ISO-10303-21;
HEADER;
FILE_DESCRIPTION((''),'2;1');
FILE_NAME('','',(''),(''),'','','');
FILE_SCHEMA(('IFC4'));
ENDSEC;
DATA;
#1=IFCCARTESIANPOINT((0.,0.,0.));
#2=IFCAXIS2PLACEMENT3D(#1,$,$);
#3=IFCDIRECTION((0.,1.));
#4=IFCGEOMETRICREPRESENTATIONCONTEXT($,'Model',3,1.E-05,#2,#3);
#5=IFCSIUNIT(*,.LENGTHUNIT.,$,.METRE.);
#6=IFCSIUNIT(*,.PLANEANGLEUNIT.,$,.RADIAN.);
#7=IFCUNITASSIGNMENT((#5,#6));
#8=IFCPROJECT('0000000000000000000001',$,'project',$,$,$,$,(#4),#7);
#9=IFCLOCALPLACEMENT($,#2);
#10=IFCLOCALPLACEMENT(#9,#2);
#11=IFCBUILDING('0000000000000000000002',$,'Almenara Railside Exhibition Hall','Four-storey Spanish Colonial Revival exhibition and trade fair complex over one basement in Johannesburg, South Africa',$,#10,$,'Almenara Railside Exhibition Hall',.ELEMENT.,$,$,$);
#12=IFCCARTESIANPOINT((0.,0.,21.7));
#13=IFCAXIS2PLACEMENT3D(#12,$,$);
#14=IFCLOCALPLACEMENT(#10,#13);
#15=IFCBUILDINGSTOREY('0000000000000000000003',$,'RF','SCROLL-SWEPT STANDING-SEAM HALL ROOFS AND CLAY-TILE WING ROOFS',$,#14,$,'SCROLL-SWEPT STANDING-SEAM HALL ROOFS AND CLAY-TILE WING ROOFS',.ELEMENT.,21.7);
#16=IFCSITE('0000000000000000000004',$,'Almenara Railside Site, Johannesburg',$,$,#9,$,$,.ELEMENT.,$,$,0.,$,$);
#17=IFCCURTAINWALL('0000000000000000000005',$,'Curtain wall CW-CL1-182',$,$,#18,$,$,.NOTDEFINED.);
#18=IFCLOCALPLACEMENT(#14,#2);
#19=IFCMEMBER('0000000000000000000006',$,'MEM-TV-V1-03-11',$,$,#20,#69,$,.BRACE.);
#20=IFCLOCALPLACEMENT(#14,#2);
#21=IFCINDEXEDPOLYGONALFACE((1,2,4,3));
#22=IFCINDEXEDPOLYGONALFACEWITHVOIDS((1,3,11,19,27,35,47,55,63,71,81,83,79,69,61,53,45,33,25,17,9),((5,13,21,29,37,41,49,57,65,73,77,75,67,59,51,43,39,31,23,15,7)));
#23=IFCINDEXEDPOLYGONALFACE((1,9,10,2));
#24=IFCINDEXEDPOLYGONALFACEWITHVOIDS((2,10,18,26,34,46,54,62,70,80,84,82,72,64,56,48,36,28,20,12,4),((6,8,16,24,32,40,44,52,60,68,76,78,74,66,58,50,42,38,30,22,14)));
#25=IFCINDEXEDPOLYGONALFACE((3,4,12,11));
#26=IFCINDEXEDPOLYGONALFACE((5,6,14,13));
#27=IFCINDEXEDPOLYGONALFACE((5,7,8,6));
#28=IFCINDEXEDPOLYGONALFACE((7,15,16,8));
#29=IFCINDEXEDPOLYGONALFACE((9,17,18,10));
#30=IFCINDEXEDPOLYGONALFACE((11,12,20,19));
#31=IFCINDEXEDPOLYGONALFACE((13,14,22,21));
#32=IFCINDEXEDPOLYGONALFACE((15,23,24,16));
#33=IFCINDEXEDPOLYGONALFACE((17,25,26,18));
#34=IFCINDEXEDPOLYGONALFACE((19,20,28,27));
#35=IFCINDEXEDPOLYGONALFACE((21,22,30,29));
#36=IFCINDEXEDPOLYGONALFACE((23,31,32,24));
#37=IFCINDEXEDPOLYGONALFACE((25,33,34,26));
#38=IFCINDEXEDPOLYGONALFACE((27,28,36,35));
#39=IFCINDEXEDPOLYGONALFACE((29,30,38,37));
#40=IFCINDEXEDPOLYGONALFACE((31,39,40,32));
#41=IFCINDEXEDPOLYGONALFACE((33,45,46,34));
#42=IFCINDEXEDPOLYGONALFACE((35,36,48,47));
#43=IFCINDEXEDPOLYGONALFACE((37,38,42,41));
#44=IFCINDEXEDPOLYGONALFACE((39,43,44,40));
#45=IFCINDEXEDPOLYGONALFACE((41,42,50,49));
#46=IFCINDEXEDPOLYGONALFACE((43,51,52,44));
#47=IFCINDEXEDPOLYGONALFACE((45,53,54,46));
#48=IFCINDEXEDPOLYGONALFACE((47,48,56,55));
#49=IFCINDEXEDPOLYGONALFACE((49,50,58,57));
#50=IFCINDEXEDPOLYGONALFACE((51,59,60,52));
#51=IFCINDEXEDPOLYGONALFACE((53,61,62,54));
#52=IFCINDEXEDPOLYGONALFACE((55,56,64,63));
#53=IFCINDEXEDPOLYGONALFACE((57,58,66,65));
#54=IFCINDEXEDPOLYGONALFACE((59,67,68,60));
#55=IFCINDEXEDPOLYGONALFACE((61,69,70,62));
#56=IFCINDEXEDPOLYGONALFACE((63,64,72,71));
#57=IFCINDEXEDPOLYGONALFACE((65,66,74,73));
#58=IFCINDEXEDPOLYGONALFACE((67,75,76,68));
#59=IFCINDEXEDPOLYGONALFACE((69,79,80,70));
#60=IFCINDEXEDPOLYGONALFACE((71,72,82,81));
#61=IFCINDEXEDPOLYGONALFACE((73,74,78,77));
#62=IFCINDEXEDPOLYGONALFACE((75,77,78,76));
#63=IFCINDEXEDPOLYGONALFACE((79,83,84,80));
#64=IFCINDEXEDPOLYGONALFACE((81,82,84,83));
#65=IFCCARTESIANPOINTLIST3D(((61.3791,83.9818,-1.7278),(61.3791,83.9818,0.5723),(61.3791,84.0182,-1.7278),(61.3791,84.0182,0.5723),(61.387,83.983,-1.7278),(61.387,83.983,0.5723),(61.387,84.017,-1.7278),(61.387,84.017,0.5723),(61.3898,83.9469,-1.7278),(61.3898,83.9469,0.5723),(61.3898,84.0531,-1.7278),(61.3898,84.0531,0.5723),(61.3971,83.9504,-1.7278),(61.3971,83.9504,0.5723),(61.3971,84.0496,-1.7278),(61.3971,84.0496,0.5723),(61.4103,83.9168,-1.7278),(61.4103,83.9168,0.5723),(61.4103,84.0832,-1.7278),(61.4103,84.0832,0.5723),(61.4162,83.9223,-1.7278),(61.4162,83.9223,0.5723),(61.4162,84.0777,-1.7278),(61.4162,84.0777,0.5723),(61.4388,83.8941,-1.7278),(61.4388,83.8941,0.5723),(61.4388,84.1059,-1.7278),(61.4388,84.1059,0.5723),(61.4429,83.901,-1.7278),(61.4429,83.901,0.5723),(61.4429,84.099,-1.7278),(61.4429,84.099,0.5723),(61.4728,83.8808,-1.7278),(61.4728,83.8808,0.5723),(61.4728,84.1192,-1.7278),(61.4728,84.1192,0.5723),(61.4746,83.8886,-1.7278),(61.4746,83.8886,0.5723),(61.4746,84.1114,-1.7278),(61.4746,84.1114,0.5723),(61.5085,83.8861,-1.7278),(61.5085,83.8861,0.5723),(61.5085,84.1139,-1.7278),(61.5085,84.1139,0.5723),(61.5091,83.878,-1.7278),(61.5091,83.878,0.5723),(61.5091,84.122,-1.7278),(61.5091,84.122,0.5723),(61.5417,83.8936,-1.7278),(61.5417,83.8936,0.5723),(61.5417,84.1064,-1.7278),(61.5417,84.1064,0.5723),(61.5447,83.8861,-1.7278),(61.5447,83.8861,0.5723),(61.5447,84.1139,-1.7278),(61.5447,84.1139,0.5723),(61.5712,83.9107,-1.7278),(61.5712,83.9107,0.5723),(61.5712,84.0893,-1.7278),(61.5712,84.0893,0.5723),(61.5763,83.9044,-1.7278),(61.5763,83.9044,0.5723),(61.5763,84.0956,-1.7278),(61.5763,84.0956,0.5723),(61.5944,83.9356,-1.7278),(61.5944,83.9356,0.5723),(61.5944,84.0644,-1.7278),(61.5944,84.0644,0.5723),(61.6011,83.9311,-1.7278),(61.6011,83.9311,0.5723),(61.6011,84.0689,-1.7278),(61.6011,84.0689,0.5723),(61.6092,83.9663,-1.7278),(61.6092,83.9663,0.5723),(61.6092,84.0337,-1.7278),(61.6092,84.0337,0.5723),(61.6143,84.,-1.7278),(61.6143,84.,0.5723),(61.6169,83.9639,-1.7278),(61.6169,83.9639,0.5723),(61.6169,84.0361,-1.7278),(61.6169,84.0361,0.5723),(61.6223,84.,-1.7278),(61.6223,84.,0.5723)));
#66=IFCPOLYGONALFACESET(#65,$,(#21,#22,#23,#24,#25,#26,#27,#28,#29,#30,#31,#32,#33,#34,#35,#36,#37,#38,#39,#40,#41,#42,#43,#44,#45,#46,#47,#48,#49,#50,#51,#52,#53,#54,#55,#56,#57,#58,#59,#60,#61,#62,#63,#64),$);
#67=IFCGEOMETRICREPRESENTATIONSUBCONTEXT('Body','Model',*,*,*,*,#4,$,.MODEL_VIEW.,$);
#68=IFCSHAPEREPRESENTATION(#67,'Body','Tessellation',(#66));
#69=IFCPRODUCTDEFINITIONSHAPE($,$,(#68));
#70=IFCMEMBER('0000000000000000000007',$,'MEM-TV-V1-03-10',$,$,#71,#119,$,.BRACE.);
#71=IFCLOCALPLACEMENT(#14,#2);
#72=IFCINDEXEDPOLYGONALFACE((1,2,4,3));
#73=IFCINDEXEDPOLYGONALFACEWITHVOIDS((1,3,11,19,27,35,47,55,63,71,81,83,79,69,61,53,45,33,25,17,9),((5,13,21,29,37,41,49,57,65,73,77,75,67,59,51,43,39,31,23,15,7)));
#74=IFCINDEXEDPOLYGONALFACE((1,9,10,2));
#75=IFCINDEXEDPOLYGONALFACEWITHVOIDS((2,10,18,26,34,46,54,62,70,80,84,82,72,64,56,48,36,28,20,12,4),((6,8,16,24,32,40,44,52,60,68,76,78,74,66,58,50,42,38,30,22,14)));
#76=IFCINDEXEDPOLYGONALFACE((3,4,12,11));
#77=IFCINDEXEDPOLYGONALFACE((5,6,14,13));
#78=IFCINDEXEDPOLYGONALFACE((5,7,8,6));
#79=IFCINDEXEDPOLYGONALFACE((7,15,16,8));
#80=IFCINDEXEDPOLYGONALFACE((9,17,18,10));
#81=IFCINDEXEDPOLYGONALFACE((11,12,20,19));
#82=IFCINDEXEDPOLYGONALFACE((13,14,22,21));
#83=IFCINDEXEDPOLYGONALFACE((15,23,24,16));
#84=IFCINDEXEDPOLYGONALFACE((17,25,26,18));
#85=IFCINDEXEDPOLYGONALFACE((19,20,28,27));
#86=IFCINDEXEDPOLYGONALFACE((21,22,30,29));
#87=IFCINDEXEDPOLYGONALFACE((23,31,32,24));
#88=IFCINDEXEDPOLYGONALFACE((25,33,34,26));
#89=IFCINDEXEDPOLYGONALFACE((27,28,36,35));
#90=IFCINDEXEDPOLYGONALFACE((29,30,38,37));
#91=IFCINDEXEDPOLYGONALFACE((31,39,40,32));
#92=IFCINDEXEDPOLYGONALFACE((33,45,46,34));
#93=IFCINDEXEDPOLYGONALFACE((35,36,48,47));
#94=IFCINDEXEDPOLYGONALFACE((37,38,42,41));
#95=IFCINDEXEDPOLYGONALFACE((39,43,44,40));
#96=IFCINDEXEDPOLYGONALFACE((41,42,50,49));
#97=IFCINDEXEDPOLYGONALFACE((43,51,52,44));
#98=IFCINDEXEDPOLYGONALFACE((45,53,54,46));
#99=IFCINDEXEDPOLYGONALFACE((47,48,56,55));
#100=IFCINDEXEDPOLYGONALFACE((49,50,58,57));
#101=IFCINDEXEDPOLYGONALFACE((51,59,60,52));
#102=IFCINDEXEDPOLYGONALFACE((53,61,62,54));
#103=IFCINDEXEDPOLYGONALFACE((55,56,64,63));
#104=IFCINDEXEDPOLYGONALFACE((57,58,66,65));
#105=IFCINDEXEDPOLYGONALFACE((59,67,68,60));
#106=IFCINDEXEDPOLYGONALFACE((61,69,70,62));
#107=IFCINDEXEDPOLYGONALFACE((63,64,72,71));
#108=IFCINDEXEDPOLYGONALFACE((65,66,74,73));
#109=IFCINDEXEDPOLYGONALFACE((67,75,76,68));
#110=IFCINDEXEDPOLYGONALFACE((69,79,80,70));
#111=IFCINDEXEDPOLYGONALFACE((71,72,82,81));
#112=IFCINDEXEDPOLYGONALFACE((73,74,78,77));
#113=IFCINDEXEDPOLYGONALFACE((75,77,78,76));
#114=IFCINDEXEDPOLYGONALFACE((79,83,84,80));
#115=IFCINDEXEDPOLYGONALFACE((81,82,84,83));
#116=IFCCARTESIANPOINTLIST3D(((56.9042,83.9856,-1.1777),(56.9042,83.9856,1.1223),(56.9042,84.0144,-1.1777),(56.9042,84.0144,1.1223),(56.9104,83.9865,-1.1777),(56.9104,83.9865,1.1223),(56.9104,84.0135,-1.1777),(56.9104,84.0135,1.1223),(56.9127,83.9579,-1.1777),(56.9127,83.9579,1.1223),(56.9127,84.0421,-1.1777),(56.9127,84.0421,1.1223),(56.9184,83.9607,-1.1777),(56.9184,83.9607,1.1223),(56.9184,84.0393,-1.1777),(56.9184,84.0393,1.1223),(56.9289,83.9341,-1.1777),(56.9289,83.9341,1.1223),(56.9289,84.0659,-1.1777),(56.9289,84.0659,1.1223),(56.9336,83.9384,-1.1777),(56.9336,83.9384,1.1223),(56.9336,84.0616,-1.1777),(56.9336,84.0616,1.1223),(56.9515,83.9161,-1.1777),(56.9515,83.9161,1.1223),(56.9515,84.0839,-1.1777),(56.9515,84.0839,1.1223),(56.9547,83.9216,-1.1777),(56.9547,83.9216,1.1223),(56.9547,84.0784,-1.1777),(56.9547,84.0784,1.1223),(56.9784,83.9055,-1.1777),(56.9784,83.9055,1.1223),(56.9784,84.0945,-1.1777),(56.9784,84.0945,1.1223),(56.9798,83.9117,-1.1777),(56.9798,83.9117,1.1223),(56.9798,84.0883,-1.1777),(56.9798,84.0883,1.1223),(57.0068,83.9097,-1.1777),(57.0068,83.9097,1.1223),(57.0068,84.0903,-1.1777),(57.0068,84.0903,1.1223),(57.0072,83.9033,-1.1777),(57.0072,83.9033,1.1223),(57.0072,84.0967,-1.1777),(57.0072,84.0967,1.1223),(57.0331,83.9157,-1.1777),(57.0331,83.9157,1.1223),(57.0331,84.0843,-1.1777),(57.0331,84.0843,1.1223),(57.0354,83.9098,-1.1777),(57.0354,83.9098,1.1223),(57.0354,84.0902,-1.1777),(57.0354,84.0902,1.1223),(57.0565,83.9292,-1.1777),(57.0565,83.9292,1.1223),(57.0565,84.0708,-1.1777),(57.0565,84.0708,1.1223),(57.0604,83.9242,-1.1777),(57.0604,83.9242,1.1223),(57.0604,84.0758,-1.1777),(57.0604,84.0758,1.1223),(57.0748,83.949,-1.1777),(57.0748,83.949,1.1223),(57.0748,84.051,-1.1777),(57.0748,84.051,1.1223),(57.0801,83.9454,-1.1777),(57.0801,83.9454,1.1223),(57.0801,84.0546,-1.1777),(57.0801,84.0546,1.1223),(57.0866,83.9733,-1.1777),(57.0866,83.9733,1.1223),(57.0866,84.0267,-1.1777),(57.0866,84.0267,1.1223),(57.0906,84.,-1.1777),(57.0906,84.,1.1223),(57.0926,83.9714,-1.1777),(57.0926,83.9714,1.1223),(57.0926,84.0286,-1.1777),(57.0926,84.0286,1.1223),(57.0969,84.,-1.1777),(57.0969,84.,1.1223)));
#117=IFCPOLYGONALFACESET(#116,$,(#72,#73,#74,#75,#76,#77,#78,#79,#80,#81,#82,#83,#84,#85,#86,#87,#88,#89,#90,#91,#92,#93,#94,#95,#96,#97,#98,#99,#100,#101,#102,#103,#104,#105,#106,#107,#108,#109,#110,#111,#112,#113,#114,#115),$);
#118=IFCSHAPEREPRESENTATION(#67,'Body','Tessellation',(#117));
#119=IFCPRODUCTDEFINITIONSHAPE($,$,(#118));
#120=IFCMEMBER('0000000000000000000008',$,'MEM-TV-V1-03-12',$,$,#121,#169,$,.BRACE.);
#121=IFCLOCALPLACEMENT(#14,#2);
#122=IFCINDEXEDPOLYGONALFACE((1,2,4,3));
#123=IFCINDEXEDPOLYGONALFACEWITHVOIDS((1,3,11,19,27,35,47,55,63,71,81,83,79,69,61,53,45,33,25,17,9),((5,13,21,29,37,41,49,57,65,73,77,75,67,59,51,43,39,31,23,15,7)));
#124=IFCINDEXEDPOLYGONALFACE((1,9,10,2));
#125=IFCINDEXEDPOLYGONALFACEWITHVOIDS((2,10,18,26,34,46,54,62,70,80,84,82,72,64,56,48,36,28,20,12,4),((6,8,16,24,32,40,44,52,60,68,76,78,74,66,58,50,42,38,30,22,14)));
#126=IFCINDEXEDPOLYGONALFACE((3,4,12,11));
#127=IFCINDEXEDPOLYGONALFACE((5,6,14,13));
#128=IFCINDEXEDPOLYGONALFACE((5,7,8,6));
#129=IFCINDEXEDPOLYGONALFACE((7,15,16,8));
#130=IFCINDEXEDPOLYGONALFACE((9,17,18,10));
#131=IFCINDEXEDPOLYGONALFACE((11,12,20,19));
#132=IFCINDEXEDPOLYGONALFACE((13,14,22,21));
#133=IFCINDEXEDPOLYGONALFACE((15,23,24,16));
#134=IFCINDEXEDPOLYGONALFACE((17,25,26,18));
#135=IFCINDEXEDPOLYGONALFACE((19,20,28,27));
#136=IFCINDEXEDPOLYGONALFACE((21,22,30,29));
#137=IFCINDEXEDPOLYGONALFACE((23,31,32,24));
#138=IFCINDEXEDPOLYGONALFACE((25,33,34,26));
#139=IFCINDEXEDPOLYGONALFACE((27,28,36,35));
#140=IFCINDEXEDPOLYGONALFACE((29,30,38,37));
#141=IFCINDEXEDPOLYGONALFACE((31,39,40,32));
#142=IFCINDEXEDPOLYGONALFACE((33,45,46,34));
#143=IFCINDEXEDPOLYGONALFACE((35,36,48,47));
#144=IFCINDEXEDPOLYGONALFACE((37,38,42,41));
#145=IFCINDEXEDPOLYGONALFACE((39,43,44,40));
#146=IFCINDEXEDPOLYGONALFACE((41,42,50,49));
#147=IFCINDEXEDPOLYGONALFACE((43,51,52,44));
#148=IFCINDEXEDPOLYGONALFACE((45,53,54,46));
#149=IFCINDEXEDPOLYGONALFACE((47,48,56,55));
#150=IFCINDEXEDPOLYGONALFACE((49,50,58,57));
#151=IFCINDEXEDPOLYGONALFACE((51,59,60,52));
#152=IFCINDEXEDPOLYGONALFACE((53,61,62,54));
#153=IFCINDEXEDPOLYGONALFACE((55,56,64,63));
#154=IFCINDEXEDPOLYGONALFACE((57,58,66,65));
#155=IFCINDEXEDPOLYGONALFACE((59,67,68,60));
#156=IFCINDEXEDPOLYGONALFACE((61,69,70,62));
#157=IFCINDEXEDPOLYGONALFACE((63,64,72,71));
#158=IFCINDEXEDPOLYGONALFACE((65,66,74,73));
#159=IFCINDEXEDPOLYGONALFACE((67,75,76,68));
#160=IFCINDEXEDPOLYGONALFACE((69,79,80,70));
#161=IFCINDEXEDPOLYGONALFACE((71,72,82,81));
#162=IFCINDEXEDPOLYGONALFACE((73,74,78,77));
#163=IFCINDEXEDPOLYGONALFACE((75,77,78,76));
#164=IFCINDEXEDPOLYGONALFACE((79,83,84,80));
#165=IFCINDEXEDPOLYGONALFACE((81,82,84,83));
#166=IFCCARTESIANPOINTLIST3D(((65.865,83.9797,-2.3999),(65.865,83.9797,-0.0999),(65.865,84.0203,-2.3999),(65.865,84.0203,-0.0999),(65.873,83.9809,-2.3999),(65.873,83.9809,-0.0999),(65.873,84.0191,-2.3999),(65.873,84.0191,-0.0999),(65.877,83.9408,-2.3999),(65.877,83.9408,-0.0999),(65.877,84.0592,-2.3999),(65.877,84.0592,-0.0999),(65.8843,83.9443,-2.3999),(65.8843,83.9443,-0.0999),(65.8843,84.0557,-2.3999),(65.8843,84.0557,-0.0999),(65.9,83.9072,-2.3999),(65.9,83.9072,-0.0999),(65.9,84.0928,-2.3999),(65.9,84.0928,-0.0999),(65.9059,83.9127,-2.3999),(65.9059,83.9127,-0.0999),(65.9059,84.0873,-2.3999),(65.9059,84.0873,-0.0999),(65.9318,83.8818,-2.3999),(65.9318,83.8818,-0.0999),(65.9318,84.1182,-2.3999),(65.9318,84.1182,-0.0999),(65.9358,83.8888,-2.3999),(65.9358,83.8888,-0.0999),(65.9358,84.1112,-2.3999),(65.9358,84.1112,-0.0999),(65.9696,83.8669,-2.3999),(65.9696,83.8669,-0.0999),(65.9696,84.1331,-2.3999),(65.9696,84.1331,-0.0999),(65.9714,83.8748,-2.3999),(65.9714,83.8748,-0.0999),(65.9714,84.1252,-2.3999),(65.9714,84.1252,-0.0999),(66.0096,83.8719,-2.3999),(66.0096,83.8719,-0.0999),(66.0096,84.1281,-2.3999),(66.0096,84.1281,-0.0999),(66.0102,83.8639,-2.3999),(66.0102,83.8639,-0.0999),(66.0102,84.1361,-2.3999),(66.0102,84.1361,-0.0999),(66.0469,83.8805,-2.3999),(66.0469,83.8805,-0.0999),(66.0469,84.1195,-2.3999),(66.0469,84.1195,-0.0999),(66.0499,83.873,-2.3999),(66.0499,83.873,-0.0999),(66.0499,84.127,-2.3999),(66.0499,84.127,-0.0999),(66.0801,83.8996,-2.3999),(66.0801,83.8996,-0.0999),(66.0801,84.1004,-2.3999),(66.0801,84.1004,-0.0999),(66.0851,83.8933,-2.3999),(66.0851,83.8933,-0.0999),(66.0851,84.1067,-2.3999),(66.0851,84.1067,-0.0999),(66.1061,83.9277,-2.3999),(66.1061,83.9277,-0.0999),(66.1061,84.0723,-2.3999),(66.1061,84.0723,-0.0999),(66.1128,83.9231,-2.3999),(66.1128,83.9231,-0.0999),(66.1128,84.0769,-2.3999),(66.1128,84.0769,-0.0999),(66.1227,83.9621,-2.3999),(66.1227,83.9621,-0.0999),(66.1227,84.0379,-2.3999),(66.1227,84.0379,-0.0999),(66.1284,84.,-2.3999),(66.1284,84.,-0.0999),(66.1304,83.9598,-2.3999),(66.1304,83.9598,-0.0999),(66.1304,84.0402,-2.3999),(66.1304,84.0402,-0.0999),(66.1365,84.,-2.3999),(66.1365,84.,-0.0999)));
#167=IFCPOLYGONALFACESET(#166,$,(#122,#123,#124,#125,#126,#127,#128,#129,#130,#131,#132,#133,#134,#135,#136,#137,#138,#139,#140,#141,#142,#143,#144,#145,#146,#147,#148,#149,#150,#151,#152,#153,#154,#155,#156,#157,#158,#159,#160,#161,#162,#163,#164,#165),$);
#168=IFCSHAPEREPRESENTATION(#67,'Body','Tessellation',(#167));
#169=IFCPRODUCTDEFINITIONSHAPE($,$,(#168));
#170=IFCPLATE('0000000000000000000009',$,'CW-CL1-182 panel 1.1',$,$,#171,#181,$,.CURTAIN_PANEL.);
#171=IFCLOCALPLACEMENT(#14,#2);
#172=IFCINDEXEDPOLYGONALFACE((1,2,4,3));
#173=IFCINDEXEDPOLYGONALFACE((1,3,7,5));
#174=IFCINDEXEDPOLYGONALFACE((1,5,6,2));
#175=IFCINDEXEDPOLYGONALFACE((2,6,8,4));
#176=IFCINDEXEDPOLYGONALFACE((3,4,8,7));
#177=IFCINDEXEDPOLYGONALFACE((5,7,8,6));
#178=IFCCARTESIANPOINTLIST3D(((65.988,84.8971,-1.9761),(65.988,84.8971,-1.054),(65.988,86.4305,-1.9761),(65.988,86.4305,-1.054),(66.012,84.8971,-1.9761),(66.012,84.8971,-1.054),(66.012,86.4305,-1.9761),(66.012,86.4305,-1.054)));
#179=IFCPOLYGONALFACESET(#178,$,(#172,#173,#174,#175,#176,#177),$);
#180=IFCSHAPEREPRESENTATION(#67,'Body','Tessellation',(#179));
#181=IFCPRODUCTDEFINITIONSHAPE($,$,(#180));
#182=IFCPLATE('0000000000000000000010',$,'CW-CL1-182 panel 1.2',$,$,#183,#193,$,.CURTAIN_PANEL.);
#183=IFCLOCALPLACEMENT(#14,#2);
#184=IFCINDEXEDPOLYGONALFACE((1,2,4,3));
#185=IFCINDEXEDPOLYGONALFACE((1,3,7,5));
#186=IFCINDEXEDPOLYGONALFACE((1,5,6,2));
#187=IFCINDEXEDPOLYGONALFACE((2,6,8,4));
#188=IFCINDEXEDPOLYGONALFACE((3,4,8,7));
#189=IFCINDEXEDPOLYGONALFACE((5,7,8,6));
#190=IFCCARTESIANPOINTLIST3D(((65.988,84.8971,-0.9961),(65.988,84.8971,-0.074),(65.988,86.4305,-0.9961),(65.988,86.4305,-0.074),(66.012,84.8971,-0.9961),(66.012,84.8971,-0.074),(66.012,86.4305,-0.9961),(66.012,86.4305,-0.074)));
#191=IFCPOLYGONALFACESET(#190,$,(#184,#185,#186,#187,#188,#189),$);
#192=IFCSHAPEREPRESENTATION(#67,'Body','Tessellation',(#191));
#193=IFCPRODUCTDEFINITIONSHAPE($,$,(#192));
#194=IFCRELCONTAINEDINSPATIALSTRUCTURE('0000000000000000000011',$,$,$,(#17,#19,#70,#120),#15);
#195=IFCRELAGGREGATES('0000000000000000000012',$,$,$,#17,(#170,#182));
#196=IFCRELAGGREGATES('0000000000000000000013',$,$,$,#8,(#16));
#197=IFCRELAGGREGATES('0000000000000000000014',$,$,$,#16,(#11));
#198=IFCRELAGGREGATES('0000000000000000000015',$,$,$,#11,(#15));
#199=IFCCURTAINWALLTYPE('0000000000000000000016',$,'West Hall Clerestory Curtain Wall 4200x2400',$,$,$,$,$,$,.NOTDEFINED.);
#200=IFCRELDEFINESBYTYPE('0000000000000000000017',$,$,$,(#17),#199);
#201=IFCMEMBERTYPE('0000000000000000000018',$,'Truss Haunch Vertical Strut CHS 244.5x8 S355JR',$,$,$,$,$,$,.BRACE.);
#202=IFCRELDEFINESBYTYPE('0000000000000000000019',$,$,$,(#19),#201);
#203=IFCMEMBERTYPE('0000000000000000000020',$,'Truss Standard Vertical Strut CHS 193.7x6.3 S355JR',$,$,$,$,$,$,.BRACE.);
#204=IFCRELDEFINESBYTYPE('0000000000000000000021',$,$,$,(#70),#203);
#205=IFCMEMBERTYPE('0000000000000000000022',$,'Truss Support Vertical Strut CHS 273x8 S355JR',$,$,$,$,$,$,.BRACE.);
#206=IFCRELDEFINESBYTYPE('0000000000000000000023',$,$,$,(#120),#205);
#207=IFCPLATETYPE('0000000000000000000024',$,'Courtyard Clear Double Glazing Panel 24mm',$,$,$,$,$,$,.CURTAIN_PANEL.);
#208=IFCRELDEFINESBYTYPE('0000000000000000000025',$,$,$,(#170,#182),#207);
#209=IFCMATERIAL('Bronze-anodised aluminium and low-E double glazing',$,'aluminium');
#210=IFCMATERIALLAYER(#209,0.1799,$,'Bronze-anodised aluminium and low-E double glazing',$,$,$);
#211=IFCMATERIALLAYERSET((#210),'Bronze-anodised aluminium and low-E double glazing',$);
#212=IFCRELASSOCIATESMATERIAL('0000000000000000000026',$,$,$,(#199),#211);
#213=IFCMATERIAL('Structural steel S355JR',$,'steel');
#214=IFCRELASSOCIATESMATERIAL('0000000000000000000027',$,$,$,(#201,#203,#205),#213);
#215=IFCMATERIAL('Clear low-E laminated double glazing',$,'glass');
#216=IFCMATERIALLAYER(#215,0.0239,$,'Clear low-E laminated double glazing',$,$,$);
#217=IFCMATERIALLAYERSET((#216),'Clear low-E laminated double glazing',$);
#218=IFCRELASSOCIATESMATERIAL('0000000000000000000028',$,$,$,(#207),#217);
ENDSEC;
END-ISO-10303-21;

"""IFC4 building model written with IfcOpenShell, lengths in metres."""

from ifc_helpers import new_model, si_unit, direction, frame, origin, origin_2d, place, context, subcontext, project, spatial, rectangle, hollow_circle, extrude, material, layer, layer_set, material_profile, profile_set, type_object, element, aggregate, save


model = new_model("IFC4")

# Units and contexts
model_context = context("Model", 3, precision=1e-05, world=origin(), true_north=direction((0.0, 1.0)))
body_context = subcontext(model_context, "Body", "Model", "MODEL_VIEW")
ifc_project = project(units=[si_unit("LENGTHUNIT", "METRE"), si_unit("PLANEANGLEUNIT", "RADIAN")], contexts=[model_context])

# Site, building, storey
site_placement = place(None, origin())
site = spatial("IfcSite", under=ifc_project, at=site_placement, Name="Almenara Railside Site, Johannesburg", CompositionType="ELEMENT", RefElevation=0.0)
building_placement = place(site_placement, origin())
building = spatial("IfcBuilding", under=site, at=building_placement, Name="Almenara Railside Exhibition Hall", Description="Four-storey Spanish Colonial Revival exhibition and trade fair complex over one basement in Johannesburg, South Africa", LongName="Almenara Railside Exhibition Hall", CompositionType="ELEMENT")
storey_placement = place(building_placement, frame((0.0, 0.0, 21.7)))
storey = spatial("IfcBuildingStorey", under=building, at=storey_placement, Name="RF", Description="SCROLL-SWEPT STANDING-SEAM HALL ROOFS AND CLAY-TILE WING ROOFS", LongName="SCROLL-SWEPT STANDING-SEAM HALL ROOFS AND CLAY-TILE WING ROOFS", CompositionType="ELEMENT", Elevation=21.7)

# Shared definitions
ifc_material_1 = material(Name="Structural steel S355JR", Category="steel")

# Curtain wall
ifc_material_2 = material(Name="Bronze-anodised aluminium and low-E double glazing", Category="aluminium")
ifc_layer_1 = layer(ifc_material_2, 0.1799, Name="Bronze-anodised aluminium and low-E double glazing")
ifc_layer_set_1 = layer_set([ifc_layer_1], Name="Bronze-anodised aluminium and low-E double glazing")
curtain_wall_type = type_object("IfcCurtainWallType", Name="West Hall Clerestory Curtain Wall 4200x2400", PredefinedType="NOTDEFINED", material=ifc_layer_set_1)
curtain_wall_1_placement = place(storey_placement, origin())
curtain_wall_1 = element("IfcCurtainWall", 1, at=curtain_wall_1_placement, inside=storey, type_object=curtain_wall_type, Name="Curtain wall CW-CL1-182", PredefinedType="NOTDEFINED")

# Members
ifc_material_profile_1 = material_profile(ifc_material_1, hollow_circle(Radius=0.1223, WallThickness=0.0081, at=origin_2d()), Name="CHS 244.5x8")
ifc_profile_set_1 = profile_set([ifc_material_profile_1], Name="Structural steel S355JR")
member_type_1 = type_object("IfcMemberType", Name="Truss Haunch Vertical Strut CHS 244.5x8 S355JR", PredefinedType="BRACE", material=ifc_profile_set_1)
member_1_placement = place(storey_placement, frame((61.5, 84.0, -1.7278), z_axis=(0.0, 0.0, 1.0), x_axis=(1.0, 0.0, 0.0)))
element("IfcMember", 2, at=member_1_placement, inside=storey, type_object=member_type_1, Name="MEM-TV-V1-03-11", PredefinedType="BRACE", context=body_context, shape_type="SweptSolid", body=[
    extrude(hollow_circle(Radius=0.1223, WallThickness=0.0081, at=origin_2d()), origin(), (0.0, 0.0, 1.0), 2.3),
])
ifc_material_profile_2 = material_profile(ifc_material_1, hollow_circle(Radius=0.0969, WallThickness=0.0063, at=origin_2d()), Name="CHS 193.7x6.3")
ifc_profile_set_2 = profile_set([ifc_material_profile_2], Name="Structural steel S355JR")
member_type_2 = type_object("IfcMemberType", Name="Truss Standard Vertical Strut CHS 193.7x6.3 S355JR", PredefinedType="BRACE", material=ifc_profile_set_2)
member_2_placement = place(storey_placement, frame((57.0, 84.0, -1.1777), z_axis=(0.0, 0.0, 1.0), x_axis=(1.0, 0.0, 0.0)))
element("IfcMember", 3, at=member_2_placement, inside=storey, type_object=member_type_2, Name="MEM-TV-V1-03-10", PredefinedType="BRACE", context=body_context, shape_type="SweptSolid", body=[
    extrude(hollow_circle(Radius=0.0969, WallThickness=0.0063, at=origin_2d()), origin(), (0.0, 0.0, 1.0), 2.3),
])
ifc_material_profile_3 = material_profile(ifc_material_1, hollow_circle(Radius=0.1365, WallThickness=0.0081, at=origin_2d()), Name="CHS 273x8")
ifc_profile_set_3 = profile_set([ifc_material_profile_3], Name="Structural steel S355JR")
member_type_3 = type_object("IfcMemberType", Name="Truss Support Vertical Strut CHS 273x8 S355JR", PredefinedType="BRACE", material=ifc_profile_set_3)
member_3_placement = place(storey_placement, frame((66.0, 84.0, -2.3999), z_axis=(0.0, 0.0, 1.0), x_axis=(1.0, 0.0, 0.0)))
element("IfcMember", 4, at=member_3_placement, inside=storey, type_object=member_type_3, Name="MEM-TV-V1-03-12", PredefinedType="BRACE", context=body_context, shape_type="SweptSolid", body=[
    extrude(hollow_circle(Radius=0.1365, WallThickness=0.0081, at=origin_2d()), origin(), (0.0, 0.0, 1.0), 2.3),
])

# Plates
ifc_material_3 = material(Name="Clear low-E laminated double glazing", Category="glass")
ifc_layer_2 = layer(ifc_material_3, 0.0239, Name="Clear low-E laminated double glazing")
ifc_layer_set_2 = layer_set([ifc_layer_2], Name="Clear low-E laminated double glazing")
plate_type_1 = type_object("IfcPlateType", Name="Courtyard Clear Double Glazing Panel 24mm", PredefinedType="CURTAIN_PANEL", material=ifc_layer_set_2)
plate_1_placement = place(storey_placement, frame((66.0, 85.6638, -1.9761), z_axis=(0.0, 0.0, 1.0), x_axis=(0.0, 1.0, 0.0)))
plate_1 = element("IfcPlate", 5, at=plate_1_placement, type_object=plate_type_1, Name="CW-CL1-182 panel 1.1", PredefinedType="CURTAIN_PANEL", context=body_context, shape_type="SweptSolid", body=[
    extrude(rectangle(XDim=1.5334, YDim=0.0239, at=origin_2d()), origin(), (0.0, 0.0, 1.0), 0.9221),
])
plate_2_placement = place(storey_placement, frame((66.0, 85.6638, -0.9961), z_axis=(0.0, 0.0, 1.0), x_axis=(0.0, 1.0, 0.0)))
plate_2 = element("IfcPlate", 6, at=plate_2_placement, type_object=plate_type_1, Name="CW-CL1-182 panel 1.2", PredefinedType="CURTAIN_PANEL", context=body_context, shape_type="SweptSolid", body=[
    extrude(rectangle(XDim=1.5334, YDim=0.0239, at=origin_2d()), origin(), (0.0, 0.0, 1.0), 0.9221),
])
aggregate(curtain_wall_1, [plate_1, plate_2])

save(model, "model.ifc")
